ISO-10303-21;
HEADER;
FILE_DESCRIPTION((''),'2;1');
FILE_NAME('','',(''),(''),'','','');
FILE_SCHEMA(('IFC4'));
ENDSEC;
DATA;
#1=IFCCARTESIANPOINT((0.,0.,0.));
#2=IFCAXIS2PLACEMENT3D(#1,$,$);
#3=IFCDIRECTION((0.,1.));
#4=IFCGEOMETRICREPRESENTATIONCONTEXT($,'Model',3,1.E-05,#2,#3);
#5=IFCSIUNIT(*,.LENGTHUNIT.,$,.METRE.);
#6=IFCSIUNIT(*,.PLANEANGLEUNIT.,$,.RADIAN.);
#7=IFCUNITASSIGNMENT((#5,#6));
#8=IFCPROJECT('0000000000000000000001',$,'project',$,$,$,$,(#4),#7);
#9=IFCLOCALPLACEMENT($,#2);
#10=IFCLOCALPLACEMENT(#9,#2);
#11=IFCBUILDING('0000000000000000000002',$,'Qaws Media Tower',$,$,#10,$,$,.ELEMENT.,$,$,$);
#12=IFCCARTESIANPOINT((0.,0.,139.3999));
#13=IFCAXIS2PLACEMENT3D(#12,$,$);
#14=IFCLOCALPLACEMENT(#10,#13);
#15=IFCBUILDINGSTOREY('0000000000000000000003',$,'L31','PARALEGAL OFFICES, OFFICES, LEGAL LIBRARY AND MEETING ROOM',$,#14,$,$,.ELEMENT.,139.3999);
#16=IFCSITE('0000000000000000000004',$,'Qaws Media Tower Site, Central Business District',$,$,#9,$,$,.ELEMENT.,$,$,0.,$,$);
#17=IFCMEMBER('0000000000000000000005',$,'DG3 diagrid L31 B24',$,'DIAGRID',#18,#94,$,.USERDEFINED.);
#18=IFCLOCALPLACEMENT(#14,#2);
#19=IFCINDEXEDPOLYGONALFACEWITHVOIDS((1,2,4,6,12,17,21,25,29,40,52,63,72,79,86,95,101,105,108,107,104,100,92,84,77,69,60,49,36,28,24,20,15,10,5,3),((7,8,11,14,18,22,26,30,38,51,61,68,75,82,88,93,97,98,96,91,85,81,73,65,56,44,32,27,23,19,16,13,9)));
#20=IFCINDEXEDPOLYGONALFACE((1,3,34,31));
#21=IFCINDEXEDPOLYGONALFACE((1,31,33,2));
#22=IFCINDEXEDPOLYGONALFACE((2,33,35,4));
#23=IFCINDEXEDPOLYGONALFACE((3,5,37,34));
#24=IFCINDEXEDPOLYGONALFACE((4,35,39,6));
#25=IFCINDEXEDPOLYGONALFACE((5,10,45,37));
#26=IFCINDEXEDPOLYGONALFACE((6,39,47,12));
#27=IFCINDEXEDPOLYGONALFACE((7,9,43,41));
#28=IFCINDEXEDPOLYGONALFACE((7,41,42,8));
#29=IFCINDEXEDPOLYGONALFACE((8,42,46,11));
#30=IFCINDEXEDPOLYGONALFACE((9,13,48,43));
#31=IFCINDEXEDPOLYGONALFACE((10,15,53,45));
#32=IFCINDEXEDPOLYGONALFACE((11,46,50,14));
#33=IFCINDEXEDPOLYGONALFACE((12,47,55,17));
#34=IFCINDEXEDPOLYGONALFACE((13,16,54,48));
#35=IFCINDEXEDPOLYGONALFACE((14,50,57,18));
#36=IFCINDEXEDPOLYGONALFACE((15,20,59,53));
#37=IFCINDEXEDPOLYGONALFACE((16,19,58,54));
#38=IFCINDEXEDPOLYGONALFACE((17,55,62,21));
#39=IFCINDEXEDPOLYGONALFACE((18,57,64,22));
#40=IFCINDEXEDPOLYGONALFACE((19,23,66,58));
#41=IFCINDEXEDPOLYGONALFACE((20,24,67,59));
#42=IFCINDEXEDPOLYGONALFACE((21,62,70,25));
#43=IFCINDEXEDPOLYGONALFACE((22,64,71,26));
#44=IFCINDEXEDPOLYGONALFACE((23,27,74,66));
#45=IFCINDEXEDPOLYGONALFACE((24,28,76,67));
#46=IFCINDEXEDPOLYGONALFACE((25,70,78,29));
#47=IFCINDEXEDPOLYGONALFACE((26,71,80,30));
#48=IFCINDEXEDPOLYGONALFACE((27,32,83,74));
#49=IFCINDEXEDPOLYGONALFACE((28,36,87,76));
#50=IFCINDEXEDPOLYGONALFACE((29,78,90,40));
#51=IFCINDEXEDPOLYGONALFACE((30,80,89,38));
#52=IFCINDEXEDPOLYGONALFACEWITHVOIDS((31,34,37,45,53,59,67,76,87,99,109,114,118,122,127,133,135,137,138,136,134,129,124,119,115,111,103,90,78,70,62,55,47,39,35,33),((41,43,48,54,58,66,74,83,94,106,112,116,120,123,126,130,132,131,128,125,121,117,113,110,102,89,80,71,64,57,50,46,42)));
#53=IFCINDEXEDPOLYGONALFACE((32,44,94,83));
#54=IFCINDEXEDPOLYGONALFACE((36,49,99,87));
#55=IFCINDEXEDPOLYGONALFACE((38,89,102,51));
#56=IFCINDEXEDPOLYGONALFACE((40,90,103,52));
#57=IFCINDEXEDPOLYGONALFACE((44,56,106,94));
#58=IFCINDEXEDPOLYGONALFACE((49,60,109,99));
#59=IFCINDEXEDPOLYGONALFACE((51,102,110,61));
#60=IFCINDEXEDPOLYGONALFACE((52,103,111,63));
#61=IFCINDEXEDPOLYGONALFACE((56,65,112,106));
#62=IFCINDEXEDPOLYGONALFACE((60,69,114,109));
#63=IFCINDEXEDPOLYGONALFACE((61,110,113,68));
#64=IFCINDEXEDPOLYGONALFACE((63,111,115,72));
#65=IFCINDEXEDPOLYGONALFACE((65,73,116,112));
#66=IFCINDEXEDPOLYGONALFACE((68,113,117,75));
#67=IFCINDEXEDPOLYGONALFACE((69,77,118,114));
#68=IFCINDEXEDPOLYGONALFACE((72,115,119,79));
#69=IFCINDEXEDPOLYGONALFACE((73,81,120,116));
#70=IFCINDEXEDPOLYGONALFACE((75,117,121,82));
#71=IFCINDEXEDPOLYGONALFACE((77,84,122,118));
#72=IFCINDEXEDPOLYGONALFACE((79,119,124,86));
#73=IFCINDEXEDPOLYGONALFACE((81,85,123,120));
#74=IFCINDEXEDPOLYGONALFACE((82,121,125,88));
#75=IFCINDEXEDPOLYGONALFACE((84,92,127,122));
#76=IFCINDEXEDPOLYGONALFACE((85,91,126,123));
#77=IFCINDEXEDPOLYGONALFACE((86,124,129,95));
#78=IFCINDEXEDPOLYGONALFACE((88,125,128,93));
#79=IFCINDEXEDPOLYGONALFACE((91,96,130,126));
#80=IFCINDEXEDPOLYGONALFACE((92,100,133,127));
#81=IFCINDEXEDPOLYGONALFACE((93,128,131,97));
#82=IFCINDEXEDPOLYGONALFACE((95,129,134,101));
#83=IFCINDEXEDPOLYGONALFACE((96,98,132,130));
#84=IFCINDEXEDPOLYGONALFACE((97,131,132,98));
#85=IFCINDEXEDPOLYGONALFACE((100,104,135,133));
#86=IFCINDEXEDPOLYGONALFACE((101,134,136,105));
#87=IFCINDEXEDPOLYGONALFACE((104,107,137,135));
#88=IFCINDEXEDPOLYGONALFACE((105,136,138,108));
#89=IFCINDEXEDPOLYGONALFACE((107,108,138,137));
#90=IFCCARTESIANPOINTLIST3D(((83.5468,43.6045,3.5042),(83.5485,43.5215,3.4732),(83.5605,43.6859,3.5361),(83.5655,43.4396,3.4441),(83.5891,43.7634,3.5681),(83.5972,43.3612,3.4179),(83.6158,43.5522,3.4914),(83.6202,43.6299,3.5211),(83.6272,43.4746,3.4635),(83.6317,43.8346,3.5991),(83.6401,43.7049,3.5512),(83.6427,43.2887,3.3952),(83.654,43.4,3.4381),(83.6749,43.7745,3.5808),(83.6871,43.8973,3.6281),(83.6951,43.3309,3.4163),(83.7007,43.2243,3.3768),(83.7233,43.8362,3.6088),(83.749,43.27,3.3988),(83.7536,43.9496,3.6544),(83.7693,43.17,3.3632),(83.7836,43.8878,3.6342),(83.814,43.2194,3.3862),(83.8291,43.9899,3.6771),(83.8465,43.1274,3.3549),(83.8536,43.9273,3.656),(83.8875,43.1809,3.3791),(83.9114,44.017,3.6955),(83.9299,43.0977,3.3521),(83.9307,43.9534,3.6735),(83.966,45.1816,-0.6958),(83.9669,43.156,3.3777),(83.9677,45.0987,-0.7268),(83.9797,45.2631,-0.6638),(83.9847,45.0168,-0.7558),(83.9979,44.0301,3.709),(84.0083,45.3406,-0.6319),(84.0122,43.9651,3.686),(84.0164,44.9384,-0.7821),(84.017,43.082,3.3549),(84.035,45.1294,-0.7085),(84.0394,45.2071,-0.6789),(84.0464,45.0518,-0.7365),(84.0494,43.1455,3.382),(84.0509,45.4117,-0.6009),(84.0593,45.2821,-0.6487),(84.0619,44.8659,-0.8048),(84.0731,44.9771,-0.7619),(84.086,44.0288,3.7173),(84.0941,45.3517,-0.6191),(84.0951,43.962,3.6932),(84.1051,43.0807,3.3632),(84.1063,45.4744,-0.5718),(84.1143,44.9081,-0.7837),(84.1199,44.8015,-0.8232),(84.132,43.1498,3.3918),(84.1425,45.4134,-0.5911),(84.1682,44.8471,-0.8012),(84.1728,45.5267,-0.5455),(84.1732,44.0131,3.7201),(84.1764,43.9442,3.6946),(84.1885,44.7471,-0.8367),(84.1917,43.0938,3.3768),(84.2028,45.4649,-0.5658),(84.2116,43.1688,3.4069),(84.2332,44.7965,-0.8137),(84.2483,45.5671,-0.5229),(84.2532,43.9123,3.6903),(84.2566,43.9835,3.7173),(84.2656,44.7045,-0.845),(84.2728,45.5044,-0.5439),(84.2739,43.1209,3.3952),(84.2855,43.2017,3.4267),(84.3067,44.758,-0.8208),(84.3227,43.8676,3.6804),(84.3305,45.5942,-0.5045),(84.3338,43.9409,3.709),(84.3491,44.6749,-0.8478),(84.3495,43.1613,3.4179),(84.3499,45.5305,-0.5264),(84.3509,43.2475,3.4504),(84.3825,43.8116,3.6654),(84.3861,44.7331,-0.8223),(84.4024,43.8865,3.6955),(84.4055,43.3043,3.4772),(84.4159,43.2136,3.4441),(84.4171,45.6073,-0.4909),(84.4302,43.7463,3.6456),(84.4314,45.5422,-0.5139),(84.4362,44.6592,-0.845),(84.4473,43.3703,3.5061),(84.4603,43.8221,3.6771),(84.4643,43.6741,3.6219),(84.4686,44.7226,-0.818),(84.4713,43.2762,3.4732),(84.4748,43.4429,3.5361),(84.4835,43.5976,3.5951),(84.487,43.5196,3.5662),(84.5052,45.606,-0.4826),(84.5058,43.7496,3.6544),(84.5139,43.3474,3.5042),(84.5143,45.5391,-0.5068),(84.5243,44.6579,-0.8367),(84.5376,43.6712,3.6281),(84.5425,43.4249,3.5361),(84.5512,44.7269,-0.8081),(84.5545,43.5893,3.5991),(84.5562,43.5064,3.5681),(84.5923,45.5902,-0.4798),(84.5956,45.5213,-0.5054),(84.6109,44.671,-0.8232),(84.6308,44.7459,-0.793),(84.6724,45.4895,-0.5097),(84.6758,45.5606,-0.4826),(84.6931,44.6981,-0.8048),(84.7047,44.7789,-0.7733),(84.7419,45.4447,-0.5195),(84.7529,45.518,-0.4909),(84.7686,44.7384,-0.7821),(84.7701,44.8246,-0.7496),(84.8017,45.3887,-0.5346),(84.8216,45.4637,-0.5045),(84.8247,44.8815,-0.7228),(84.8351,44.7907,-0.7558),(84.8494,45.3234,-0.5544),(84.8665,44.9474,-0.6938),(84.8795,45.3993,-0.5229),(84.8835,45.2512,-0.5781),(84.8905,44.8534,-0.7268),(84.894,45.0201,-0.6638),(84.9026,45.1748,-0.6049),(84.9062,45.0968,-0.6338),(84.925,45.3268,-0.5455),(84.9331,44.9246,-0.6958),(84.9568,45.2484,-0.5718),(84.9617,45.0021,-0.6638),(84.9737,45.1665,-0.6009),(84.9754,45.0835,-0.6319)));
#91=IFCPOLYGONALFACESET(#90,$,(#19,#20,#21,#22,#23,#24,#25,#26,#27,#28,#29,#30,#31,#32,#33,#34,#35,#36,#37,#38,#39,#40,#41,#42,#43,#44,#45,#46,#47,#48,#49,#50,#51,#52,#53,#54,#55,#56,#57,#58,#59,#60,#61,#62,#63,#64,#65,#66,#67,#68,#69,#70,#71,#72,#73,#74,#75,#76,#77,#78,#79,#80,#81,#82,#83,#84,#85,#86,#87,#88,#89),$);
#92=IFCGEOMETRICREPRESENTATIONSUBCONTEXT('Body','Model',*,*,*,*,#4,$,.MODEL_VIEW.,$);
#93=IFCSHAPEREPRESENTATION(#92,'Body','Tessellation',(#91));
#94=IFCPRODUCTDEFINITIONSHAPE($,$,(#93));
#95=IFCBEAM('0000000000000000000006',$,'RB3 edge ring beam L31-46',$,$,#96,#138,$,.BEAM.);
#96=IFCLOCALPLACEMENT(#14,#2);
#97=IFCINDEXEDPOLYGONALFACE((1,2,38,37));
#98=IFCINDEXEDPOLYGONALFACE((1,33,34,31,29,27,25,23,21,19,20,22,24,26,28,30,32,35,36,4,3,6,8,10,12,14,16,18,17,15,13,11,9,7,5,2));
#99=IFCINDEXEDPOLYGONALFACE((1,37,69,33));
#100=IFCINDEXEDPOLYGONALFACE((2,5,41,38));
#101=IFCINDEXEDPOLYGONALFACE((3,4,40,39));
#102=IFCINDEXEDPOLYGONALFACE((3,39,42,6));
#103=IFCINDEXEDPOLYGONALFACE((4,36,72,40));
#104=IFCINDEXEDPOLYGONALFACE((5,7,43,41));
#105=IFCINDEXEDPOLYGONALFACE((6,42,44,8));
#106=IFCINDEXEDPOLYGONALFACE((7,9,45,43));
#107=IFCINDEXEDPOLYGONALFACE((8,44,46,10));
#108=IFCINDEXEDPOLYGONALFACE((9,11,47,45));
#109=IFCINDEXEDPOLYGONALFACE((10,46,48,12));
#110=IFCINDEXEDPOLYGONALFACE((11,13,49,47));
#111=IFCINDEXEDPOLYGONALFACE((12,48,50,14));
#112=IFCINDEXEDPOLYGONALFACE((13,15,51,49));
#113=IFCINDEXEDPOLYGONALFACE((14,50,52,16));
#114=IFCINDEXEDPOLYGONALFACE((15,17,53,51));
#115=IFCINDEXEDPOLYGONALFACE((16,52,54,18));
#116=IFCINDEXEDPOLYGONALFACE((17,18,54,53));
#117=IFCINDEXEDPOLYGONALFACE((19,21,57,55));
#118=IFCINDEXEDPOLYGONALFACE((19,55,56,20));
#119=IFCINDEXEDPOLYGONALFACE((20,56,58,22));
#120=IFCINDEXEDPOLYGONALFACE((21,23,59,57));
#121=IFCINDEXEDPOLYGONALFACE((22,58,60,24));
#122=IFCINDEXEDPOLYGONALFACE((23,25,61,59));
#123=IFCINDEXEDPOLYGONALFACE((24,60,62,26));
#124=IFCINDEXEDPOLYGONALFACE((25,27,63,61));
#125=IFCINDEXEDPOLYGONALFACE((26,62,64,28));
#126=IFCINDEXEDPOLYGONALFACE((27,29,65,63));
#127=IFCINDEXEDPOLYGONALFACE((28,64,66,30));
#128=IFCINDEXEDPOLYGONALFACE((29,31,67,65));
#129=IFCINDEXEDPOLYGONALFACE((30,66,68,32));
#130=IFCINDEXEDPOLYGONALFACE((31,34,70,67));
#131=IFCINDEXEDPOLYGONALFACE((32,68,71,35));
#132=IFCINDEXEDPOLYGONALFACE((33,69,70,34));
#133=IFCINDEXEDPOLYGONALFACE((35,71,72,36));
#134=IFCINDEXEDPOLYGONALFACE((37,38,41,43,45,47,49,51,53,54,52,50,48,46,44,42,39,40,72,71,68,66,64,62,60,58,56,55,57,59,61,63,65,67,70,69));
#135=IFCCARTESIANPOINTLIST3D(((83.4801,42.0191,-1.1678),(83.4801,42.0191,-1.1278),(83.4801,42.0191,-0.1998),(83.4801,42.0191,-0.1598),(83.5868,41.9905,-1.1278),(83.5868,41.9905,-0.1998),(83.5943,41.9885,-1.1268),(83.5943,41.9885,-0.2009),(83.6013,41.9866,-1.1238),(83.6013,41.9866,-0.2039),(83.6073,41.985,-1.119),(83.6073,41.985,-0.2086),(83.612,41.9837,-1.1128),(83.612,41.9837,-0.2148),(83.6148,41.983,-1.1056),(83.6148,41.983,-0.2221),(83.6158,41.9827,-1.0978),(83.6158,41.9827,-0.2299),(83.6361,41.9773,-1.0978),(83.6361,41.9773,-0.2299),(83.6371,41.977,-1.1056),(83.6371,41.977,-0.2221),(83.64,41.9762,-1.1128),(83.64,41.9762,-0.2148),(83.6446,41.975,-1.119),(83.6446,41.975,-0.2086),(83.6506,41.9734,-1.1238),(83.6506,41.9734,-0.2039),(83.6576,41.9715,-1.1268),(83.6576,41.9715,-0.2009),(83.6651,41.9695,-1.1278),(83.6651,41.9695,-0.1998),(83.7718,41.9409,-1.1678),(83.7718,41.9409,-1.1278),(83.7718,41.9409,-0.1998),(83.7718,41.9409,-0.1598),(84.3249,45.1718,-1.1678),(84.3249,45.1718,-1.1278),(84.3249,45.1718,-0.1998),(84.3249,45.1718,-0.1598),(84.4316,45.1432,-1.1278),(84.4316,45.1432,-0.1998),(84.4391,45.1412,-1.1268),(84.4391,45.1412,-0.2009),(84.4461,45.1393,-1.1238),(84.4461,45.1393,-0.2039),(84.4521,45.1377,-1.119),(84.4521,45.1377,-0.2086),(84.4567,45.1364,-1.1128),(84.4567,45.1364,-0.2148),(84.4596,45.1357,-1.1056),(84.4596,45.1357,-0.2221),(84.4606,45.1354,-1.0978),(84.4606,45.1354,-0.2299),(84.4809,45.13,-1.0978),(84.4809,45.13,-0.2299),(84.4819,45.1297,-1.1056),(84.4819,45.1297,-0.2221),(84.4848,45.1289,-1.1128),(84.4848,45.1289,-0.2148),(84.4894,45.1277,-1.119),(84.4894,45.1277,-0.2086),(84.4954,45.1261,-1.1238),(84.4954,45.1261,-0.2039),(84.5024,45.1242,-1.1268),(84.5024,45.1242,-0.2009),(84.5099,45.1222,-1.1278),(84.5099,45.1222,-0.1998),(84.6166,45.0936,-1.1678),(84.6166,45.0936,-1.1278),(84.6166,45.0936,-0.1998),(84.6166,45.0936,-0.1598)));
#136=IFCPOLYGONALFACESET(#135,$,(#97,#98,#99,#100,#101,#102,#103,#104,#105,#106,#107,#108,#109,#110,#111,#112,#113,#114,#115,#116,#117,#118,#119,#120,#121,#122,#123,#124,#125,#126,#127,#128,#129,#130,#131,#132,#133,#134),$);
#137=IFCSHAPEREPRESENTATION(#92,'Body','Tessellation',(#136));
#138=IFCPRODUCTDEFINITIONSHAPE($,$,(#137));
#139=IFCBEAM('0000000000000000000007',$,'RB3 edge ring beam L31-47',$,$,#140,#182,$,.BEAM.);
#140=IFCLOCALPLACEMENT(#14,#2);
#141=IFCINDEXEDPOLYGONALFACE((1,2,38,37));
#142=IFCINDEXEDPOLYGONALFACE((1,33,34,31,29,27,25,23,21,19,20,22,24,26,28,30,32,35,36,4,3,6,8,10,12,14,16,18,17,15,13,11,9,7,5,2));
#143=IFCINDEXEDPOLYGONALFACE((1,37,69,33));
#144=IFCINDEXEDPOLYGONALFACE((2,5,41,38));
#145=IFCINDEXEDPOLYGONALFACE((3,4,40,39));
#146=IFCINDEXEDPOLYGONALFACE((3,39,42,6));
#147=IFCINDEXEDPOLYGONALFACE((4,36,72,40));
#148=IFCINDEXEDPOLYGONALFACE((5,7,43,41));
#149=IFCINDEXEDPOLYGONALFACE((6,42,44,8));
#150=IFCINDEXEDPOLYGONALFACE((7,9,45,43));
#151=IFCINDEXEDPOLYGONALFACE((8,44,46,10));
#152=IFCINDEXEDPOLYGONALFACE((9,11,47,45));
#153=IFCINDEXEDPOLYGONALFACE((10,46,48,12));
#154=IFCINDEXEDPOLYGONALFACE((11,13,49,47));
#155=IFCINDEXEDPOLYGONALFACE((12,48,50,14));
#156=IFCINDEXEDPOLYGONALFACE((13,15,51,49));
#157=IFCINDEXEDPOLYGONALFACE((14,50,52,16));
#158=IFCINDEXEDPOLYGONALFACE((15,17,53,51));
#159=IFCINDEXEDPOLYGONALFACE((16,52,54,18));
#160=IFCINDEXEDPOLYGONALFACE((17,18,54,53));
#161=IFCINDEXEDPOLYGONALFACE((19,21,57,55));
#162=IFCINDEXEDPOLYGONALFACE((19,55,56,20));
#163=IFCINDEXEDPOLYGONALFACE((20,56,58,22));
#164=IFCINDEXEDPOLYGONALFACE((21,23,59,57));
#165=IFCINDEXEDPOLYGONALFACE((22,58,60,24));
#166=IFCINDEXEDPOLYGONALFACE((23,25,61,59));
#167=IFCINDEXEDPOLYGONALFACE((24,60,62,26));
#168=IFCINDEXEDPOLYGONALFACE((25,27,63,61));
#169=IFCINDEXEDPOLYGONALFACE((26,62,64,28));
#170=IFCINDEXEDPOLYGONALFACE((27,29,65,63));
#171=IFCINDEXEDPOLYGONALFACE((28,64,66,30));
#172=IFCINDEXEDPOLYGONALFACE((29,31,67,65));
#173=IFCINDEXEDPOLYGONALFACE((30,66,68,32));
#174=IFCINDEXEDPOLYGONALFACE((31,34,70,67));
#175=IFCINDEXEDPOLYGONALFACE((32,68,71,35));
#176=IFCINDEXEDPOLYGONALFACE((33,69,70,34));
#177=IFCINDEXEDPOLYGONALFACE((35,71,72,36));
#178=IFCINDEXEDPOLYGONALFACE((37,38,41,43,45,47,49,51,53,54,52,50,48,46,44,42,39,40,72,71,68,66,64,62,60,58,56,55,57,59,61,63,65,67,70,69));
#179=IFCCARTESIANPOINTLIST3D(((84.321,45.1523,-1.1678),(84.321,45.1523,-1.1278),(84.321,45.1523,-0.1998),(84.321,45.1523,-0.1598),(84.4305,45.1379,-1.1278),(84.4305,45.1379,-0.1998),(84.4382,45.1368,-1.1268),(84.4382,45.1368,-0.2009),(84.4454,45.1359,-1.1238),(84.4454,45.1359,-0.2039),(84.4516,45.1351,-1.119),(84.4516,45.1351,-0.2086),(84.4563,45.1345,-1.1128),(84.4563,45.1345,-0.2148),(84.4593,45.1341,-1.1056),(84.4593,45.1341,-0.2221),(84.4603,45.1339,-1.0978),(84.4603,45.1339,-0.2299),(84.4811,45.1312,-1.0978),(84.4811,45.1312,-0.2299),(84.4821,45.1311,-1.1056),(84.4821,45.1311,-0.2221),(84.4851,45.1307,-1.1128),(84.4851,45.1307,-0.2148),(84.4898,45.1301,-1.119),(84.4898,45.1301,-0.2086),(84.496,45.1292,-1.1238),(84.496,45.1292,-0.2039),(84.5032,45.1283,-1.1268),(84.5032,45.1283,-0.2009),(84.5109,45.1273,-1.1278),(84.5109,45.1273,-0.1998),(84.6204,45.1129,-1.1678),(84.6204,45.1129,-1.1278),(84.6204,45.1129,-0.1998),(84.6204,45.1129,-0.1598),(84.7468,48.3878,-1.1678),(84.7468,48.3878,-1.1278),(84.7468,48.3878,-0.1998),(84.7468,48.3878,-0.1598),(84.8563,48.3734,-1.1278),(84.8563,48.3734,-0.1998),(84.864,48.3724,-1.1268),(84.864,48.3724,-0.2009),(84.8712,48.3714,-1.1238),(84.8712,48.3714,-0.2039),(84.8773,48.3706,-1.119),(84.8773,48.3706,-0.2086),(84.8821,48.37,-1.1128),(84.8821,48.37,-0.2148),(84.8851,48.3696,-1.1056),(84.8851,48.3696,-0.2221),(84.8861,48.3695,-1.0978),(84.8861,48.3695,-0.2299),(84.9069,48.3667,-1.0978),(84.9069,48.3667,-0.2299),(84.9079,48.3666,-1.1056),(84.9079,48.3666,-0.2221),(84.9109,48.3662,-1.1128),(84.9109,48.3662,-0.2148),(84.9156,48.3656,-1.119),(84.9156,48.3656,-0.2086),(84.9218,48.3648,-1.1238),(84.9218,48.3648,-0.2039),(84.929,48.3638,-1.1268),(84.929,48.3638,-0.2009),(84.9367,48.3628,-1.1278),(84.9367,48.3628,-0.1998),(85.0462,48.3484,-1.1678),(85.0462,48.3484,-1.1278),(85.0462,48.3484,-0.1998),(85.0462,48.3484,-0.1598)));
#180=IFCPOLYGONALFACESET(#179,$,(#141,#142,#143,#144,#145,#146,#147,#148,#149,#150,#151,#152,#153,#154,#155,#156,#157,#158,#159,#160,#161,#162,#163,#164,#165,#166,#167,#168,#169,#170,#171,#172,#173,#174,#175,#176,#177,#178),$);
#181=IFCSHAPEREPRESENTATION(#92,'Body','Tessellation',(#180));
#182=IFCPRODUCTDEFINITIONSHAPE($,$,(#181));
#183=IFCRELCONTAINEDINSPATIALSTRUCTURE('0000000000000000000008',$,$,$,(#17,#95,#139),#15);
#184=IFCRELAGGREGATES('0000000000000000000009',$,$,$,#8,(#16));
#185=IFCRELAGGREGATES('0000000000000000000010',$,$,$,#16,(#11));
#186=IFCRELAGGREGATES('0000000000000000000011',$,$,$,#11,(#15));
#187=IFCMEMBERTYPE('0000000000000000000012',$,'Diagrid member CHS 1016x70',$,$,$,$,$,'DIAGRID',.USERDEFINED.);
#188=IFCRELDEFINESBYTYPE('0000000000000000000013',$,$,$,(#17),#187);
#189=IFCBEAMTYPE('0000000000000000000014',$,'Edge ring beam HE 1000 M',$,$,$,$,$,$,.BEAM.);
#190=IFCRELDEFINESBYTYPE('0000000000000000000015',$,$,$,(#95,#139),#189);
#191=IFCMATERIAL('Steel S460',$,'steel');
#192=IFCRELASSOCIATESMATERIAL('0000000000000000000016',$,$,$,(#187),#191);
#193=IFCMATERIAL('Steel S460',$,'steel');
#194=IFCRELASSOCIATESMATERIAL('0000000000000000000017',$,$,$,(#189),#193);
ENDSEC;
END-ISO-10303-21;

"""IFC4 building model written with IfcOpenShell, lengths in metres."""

from ifc_helpers import new_model, si_unit, direction, frame, origin, origin_2d, place, context, subcontext, project, spatial, hollow_circle, i_section, extrude, material, material_profile, profile_set, type_object, element, save


model = new_model("IFC4")

# Units and contexts
model_context = context("Model", 3, precision=1e-05, world=origin(), true_north=direction((0.0, 1.0)))
body_context = subcontext(model_context, "Body", "Model", "MODEL_VIEW")
ifc_project = project(units=[si_unit("LENGTHUNIT", "METRE"), si_unit("PLANEANGLEUNIT", "RADIAN")], contexts=[model_context])

# Site, building, storey
site_placement = place(None, origin())
site = spatial("IfcSite", under=ifc_project, at=site_placement, Name="Qaws Media Tower Site, Central Business District", CompositionType="ELEMENT", RefElevation=0.0)
building_placement = place(site_placement, origin())
building = spatial("IfcBuilding", under=site, at=building_placement, Name="Qaws Media Tower", CompositionType="ELEMENT")
storey_placement = place(building_placement, frame((0.0, 0.0, 139.3999)))
storey = spatial("IfcBuildingStorey", under=building, at=storey_placement, Name="L31", Description="PARALEGAL OFFICES, OFFICES, LEGAL LIBRARY AND MEETING ROOM", CompositionType="ELEMENT", Elevation=139.3999)

# Member
ifc_material_1 = material(Name="Steel S460", Category="steel")
ifc_material_profile_1 = material_profile(ifc_material_1, hollow_circle(Radius=0.5081, WallThickness=0.0701, at=origin_2d()), Name="CHS 1016x70")
ifc_profile_set_1 = profile_set([ifc_material_profile_1], Name="Steel S460")
member_type_1 = type_object("IfcMemberType", Name="Diagrid member CHS 1016x70", ElementType="DIAGRID", PredefinedType="USERDEFINED", material=ifc_profile_set_1)
for number, where, z_axis, x_axis, name in (
    (1, (84.4707, 45.1326, -0.6638), (-0.093032, -0.350022, 0.93211), (0.966446, -0.256871, 0.0), "DG3 diagrid L31 B24"),
):
    element("IfcMember", number, at=place(storey_placement, frame(where, z_axis=z_axis, x_axis=x_axis)), inside=storey, type_object=member_type_1, Name=name, ObjectType="DIAGRID", PredefinedType="USERDEFINED", context=body_context, shape_type="SweptSolid", body=[
        extrude(hollow_circle(Radius=0.5081, WallThickness=0.0701, at=origin_2d()), origin(), (0.0, 0.0, 1.0), 4.5059),
    ])

# Beams
ifc_material_2 = material(Name="Steel S460", Category="steel")
ifc_material_profile_2 = material_profile(ifc_material_2, i_section(OverallWidth=0.302, OverallDepth=1.0081, WebThickness=0.021, FlangeThickness=0.04, FilletRadius=0.03, at=origin_2d()), Name="HE 1000 M")
ifc_profile_set_2 = profile_set([ifc_material_profile_2], Name="Steel S460")
beam_type_1 = type_object("IfcBeamType", Name="Edge ring beam HE 1000 M", PredefinedType="BEAM", material=ifc_profile_set_2)
beam_1_placement = place(storey_placement, frame((83.626, 41.98, -0.6638), z_axis=(0.258817, 0.965926, 0.0), x_axis=(-0.965926, 0.258817, 0.0)))
element("IfcBeam", 2, at=beam_1_placement, inside=storey, type_object=beam_type_1, Name="RB3 edge ring beam L31-46", PredefinedType="BEAM", context=body_context, shape_type="SweptSolid", body=[
    extrude(i_section(OverallWidth=0.302, OverallDepth=1.0081, WebThickness=0.021, FlangeThickness=0.04, FilletRadius=0.03, at=origin_2d()), origin(), (0.0, 0.0, 1.0), 3.2639),
])
beam_2_placement = place(storey_placement, frame((84.4707, 45.1326, -0.6638), z_axis=(0.130468, 0.991453, 0.0), x_axis=(-0.991453, 0.130468, 0.0)))
element("IfcBeam", 3, at=beam_2_placement, inside=storey, type_object=beam_type_1, Name="RB3 edge ring beam L31-47", PredefinedType="BEAM", context=body_context, shape_type="SweptSolid", body=[
    extrude(i_section(OverallWidth=0.302, OverallDepth=1.0081, WebThickness=0.021, FlangeThickness=0.04, FilletRadius=0.03, at=origin_2d()), origin(), (0.0, 0.0, 1.0), 3.2634),
])

save(model, "model.ifc")
